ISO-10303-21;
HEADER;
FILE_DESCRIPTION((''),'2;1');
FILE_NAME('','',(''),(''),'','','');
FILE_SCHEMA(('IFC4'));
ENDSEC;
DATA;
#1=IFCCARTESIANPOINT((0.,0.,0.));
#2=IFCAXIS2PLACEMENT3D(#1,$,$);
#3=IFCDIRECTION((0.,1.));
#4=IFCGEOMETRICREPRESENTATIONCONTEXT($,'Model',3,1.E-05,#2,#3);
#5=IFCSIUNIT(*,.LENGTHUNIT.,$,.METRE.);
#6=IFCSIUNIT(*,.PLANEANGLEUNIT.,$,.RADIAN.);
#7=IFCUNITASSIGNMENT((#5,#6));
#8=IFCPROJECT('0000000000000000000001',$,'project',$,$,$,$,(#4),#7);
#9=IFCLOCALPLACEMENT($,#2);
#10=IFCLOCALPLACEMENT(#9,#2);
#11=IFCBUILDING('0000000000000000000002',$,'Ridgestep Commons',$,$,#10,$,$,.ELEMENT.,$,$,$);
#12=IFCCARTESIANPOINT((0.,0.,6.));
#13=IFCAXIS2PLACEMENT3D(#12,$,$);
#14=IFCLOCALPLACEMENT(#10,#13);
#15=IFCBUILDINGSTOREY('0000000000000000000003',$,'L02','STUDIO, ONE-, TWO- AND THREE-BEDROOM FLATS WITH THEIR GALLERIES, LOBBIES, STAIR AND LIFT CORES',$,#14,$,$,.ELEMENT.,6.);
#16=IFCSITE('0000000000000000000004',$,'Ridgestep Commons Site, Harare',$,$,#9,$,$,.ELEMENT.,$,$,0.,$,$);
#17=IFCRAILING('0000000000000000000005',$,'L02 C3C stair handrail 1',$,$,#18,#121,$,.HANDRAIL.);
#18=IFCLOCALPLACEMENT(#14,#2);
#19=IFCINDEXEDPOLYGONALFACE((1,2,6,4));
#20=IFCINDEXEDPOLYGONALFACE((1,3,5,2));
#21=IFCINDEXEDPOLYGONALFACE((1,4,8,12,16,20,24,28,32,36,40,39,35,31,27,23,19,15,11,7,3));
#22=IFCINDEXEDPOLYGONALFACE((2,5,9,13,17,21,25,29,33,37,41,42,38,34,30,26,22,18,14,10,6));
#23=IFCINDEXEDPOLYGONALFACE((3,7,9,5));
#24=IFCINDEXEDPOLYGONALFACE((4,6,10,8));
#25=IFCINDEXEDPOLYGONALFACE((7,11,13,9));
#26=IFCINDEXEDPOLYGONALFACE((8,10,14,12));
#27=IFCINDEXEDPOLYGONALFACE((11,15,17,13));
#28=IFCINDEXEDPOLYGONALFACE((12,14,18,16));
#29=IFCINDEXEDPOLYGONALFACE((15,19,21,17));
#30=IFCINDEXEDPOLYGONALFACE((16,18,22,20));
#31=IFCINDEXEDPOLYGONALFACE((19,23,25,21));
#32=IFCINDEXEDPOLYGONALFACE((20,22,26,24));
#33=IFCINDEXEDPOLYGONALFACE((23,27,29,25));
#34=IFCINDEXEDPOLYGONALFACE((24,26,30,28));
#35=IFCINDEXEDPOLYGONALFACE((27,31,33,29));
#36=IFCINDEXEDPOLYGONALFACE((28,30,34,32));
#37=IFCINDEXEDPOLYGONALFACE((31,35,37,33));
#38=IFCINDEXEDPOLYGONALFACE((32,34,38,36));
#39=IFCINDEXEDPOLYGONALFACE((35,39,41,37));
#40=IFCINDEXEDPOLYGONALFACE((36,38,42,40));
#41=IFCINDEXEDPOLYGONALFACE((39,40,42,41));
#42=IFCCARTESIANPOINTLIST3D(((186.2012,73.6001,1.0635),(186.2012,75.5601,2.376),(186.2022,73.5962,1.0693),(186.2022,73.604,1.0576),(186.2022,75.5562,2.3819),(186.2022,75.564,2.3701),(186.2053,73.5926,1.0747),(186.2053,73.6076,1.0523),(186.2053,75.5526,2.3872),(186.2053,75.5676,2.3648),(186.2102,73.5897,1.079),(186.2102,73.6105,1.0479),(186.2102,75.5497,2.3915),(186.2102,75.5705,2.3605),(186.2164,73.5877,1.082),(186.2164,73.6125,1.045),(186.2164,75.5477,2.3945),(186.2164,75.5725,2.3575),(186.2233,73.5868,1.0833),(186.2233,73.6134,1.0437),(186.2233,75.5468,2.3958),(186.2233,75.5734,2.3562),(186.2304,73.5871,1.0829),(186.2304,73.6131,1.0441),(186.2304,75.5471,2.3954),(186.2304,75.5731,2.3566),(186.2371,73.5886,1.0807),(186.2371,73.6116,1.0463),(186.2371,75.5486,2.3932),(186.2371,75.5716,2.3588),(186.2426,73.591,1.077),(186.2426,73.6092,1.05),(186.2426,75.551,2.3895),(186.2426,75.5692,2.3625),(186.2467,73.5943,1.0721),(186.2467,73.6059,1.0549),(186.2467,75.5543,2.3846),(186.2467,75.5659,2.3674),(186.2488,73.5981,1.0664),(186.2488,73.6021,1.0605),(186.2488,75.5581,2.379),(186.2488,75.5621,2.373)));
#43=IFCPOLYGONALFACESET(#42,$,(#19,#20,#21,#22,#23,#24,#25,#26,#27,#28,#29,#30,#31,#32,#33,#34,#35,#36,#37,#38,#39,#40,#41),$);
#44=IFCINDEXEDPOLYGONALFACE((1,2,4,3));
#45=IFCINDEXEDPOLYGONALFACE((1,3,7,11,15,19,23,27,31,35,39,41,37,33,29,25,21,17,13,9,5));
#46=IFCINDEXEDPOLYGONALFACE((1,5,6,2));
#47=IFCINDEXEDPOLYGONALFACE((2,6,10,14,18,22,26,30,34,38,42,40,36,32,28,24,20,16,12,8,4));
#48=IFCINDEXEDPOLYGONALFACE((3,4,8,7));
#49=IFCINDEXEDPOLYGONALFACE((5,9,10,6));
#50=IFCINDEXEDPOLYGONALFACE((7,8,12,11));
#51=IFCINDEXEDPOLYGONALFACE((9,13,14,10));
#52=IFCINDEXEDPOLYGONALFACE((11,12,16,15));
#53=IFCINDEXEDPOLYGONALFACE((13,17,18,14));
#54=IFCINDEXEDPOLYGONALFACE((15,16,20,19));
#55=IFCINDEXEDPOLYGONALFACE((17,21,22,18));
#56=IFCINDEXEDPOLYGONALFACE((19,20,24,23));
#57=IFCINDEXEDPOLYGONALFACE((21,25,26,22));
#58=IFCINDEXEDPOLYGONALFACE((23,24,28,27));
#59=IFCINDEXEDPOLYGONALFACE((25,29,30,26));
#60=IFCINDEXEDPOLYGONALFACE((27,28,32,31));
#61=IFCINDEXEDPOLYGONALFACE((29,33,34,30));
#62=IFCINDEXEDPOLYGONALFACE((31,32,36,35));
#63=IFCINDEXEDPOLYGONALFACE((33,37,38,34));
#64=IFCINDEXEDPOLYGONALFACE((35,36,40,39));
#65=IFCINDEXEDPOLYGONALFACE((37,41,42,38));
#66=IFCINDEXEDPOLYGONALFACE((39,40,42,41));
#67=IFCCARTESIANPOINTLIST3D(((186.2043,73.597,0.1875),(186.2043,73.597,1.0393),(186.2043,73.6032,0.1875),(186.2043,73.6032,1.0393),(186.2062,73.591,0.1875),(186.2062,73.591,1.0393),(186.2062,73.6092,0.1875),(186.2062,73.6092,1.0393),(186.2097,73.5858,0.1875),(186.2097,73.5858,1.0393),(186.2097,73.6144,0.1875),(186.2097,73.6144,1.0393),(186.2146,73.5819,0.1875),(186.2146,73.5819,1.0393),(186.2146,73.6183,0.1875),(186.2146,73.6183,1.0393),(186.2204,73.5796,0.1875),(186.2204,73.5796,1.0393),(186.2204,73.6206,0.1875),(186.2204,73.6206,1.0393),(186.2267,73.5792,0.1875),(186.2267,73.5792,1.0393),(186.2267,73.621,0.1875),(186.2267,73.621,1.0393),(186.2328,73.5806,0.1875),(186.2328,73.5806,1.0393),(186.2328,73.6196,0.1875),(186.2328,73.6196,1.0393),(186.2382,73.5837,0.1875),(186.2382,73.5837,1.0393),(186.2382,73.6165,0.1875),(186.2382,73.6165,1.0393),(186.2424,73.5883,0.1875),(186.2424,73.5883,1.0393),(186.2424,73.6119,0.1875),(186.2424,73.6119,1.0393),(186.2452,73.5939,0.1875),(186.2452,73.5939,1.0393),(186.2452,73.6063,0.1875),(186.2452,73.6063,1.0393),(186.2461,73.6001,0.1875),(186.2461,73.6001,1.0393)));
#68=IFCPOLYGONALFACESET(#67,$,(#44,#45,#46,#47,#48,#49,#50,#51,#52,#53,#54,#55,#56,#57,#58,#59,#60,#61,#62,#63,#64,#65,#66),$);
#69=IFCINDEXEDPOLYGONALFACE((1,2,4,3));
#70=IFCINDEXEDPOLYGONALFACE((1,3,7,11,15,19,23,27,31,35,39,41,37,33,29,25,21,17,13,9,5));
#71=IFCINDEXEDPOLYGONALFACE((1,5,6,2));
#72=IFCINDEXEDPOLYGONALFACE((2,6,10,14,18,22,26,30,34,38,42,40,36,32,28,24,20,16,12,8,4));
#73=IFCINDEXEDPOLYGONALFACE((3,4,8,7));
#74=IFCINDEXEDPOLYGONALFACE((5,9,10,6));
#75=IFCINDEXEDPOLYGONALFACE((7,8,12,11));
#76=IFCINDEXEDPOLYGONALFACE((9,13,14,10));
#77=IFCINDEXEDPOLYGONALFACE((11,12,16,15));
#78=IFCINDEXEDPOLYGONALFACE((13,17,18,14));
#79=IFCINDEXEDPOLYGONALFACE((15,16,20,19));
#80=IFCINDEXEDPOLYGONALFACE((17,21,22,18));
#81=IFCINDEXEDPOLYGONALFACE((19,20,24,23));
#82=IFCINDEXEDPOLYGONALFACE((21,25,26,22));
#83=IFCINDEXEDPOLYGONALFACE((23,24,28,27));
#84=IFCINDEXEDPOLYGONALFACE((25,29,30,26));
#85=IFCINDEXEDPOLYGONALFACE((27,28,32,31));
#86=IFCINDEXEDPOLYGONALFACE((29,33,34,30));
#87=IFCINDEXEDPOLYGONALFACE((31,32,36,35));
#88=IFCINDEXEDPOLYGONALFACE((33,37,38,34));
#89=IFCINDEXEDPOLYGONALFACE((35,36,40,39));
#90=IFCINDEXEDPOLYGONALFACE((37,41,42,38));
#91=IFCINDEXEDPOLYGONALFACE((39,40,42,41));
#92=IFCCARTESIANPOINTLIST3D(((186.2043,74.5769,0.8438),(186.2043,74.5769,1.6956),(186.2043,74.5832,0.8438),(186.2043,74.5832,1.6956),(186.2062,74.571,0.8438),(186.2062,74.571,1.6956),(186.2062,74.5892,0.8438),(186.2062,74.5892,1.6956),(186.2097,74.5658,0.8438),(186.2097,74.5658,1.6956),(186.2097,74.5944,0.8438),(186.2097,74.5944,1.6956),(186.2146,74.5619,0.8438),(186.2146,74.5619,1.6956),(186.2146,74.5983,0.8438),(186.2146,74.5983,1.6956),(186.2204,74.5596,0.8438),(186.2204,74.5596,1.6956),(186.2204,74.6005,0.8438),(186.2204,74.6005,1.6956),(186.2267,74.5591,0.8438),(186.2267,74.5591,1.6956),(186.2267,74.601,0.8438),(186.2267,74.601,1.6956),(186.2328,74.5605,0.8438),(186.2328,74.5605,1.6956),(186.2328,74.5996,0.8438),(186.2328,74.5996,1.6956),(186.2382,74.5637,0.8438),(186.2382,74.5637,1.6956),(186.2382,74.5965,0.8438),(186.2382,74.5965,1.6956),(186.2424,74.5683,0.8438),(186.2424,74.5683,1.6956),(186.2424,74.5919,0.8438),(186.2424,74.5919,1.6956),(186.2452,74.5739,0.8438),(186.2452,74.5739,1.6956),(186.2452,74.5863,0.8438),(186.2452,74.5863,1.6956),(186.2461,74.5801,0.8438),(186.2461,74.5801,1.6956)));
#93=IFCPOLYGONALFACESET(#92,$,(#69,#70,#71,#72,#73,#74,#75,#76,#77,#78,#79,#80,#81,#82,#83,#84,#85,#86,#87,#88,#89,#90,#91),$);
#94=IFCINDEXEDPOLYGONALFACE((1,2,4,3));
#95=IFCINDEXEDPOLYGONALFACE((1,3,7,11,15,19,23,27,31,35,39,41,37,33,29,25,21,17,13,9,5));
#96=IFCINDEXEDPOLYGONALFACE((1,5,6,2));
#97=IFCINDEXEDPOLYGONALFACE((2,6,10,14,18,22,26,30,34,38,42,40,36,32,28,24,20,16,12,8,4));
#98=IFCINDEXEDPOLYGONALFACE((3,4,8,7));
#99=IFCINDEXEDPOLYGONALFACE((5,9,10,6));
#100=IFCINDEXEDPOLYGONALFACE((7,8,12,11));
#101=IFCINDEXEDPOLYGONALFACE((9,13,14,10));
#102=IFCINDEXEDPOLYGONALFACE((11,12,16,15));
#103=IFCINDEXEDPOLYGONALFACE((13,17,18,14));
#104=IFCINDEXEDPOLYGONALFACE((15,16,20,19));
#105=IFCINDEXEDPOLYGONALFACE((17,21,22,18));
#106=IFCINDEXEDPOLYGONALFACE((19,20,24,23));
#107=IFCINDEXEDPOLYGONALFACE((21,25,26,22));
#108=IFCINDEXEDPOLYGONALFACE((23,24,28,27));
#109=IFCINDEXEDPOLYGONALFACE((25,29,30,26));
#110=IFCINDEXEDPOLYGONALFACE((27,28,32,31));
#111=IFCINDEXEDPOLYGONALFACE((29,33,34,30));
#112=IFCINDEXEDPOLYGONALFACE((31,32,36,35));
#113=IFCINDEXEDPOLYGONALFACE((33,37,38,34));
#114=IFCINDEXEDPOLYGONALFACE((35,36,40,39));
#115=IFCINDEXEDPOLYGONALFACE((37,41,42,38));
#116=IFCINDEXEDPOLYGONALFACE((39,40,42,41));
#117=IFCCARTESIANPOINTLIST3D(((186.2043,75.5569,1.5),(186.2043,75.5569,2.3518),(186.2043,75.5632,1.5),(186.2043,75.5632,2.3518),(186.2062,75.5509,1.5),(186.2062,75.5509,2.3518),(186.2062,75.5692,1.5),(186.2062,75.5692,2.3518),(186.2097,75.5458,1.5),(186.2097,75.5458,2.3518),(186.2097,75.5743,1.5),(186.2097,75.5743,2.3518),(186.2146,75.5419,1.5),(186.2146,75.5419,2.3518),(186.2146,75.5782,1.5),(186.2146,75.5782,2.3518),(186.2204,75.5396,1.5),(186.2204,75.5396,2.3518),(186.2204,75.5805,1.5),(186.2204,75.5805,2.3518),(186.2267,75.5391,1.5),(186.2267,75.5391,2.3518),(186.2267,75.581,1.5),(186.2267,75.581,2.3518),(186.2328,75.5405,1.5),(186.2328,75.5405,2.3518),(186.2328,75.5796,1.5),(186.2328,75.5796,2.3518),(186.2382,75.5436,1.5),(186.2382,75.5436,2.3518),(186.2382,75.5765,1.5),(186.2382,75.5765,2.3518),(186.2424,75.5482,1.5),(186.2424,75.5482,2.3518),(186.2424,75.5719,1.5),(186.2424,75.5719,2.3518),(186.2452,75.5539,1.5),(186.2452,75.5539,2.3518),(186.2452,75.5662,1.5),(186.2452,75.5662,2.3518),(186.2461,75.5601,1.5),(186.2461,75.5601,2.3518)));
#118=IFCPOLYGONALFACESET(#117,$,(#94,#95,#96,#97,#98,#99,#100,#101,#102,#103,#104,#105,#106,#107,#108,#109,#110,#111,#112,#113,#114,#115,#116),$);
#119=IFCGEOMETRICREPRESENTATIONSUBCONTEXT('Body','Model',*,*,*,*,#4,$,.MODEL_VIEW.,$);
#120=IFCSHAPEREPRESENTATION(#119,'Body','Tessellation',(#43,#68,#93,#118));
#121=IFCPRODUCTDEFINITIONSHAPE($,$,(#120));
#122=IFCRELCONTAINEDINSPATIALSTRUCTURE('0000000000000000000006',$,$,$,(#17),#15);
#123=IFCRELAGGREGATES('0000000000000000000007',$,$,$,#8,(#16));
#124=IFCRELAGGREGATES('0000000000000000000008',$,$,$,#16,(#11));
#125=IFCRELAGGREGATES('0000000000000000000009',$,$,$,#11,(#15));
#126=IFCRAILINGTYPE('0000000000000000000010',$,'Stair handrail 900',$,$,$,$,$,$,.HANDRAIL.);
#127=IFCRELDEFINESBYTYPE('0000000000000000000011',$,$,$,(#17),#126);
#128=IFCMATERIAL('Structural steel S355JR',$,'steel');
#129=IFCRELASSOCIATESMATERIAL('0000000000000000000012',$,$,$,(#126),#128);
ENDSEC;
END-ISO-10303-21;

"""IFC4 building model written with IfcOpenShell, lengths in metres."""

from ifc_helpers import new_model, si_unit, direction, frame, origin, origin_2d, place, context, subcontext, project, spatial, circle, extrude, material, type_object, element, save


model = new_model("IFC4")

# Units and contexts
model_context = context("Model", 3, precision=1e-05, world=origin(), true_north=direction((0.0, 1.0)))
body_context = subcontext(model_context, "Body", "Model", "MODEL_VIEW")
ifc_project = project(units=[si_unit("LENGTHUNIT", "METRE"), si_unit("PLANEANGLEUNIT", "RADIAN")], contexts=[model_context])

# Site, building, storey
site_placement = place(None, origin())
site = spatial("IfcSite", under=ifc_project, at=site_placement, Name="Ridgestep Commons Site, Harare", CompositionType="ELEMENT", RefElevation=0.0)
building_placement = place(site_placement, origin())
building = spatial("IfcBuilding", under=site, at=building_placement, Name="Ridgestep Commons", CompositionType="ELEMENT")
storey_placement = place(building_placement, frame((0.0, 0.0, 6.0)))
storey = spatial("IfcBuildingStorey", under=building, at=storey_placement, Name="L02", Description="STUDIO, ONE-, TWO- AND THREE-BEDROOM FLATS WITH THEIR GALLERIES, LOBBIES, STAIR AND LIFT CORES", CompositionType="ELEMENT", Elevation=6.0)

# Railing
ifc_material_1 = material(Name="Structural steel S355JR", Category="steel")
railing_type_1 = type_object("IfcRailingType", Name="Stair handrail 900", PredefinedType="HANDRAIL", material=ifc_material_1)
railing_1_placement = place(storey_placement, frame((186.2251, 73.6001, 0.1875)))
element("IfcRailing", 1, at=railing_1_placement, inside=storey, type_object=railing_type_1, Name="L02 C3C stair handrail 1", PredefinedType="HANDRAIL", context=body_context, shape_type="SweptSolid", body=[
    extrude(circle(Radius=0.0239, at=origin_2d()), frame((0.0, 0.0, 0.876), z_axis=(0.0, 0.830902, 0.556419), x_axis=(-1.0, 0.0, 0.0)), (0.0, 0.0, 1.0), 2.3589),
    extrude(circle(Radius=0.021, at=origin_2d()), origin(), (0.0, 0.0, 1.0), 0.8518),
    extrude(circle(Radius=0.021, at=origin_2d()), frame((0.0, 0.98, 0.6562)), (0.0, 0.0, 1.0), 0.8518),
    extrude(circle(Radius=0.021, at=origin_2d()), frame((0.0, 1.96, 1.3125)), (0.0, 0.0, 1.0), 0.8518),
])

save(model, "model.ifc")
